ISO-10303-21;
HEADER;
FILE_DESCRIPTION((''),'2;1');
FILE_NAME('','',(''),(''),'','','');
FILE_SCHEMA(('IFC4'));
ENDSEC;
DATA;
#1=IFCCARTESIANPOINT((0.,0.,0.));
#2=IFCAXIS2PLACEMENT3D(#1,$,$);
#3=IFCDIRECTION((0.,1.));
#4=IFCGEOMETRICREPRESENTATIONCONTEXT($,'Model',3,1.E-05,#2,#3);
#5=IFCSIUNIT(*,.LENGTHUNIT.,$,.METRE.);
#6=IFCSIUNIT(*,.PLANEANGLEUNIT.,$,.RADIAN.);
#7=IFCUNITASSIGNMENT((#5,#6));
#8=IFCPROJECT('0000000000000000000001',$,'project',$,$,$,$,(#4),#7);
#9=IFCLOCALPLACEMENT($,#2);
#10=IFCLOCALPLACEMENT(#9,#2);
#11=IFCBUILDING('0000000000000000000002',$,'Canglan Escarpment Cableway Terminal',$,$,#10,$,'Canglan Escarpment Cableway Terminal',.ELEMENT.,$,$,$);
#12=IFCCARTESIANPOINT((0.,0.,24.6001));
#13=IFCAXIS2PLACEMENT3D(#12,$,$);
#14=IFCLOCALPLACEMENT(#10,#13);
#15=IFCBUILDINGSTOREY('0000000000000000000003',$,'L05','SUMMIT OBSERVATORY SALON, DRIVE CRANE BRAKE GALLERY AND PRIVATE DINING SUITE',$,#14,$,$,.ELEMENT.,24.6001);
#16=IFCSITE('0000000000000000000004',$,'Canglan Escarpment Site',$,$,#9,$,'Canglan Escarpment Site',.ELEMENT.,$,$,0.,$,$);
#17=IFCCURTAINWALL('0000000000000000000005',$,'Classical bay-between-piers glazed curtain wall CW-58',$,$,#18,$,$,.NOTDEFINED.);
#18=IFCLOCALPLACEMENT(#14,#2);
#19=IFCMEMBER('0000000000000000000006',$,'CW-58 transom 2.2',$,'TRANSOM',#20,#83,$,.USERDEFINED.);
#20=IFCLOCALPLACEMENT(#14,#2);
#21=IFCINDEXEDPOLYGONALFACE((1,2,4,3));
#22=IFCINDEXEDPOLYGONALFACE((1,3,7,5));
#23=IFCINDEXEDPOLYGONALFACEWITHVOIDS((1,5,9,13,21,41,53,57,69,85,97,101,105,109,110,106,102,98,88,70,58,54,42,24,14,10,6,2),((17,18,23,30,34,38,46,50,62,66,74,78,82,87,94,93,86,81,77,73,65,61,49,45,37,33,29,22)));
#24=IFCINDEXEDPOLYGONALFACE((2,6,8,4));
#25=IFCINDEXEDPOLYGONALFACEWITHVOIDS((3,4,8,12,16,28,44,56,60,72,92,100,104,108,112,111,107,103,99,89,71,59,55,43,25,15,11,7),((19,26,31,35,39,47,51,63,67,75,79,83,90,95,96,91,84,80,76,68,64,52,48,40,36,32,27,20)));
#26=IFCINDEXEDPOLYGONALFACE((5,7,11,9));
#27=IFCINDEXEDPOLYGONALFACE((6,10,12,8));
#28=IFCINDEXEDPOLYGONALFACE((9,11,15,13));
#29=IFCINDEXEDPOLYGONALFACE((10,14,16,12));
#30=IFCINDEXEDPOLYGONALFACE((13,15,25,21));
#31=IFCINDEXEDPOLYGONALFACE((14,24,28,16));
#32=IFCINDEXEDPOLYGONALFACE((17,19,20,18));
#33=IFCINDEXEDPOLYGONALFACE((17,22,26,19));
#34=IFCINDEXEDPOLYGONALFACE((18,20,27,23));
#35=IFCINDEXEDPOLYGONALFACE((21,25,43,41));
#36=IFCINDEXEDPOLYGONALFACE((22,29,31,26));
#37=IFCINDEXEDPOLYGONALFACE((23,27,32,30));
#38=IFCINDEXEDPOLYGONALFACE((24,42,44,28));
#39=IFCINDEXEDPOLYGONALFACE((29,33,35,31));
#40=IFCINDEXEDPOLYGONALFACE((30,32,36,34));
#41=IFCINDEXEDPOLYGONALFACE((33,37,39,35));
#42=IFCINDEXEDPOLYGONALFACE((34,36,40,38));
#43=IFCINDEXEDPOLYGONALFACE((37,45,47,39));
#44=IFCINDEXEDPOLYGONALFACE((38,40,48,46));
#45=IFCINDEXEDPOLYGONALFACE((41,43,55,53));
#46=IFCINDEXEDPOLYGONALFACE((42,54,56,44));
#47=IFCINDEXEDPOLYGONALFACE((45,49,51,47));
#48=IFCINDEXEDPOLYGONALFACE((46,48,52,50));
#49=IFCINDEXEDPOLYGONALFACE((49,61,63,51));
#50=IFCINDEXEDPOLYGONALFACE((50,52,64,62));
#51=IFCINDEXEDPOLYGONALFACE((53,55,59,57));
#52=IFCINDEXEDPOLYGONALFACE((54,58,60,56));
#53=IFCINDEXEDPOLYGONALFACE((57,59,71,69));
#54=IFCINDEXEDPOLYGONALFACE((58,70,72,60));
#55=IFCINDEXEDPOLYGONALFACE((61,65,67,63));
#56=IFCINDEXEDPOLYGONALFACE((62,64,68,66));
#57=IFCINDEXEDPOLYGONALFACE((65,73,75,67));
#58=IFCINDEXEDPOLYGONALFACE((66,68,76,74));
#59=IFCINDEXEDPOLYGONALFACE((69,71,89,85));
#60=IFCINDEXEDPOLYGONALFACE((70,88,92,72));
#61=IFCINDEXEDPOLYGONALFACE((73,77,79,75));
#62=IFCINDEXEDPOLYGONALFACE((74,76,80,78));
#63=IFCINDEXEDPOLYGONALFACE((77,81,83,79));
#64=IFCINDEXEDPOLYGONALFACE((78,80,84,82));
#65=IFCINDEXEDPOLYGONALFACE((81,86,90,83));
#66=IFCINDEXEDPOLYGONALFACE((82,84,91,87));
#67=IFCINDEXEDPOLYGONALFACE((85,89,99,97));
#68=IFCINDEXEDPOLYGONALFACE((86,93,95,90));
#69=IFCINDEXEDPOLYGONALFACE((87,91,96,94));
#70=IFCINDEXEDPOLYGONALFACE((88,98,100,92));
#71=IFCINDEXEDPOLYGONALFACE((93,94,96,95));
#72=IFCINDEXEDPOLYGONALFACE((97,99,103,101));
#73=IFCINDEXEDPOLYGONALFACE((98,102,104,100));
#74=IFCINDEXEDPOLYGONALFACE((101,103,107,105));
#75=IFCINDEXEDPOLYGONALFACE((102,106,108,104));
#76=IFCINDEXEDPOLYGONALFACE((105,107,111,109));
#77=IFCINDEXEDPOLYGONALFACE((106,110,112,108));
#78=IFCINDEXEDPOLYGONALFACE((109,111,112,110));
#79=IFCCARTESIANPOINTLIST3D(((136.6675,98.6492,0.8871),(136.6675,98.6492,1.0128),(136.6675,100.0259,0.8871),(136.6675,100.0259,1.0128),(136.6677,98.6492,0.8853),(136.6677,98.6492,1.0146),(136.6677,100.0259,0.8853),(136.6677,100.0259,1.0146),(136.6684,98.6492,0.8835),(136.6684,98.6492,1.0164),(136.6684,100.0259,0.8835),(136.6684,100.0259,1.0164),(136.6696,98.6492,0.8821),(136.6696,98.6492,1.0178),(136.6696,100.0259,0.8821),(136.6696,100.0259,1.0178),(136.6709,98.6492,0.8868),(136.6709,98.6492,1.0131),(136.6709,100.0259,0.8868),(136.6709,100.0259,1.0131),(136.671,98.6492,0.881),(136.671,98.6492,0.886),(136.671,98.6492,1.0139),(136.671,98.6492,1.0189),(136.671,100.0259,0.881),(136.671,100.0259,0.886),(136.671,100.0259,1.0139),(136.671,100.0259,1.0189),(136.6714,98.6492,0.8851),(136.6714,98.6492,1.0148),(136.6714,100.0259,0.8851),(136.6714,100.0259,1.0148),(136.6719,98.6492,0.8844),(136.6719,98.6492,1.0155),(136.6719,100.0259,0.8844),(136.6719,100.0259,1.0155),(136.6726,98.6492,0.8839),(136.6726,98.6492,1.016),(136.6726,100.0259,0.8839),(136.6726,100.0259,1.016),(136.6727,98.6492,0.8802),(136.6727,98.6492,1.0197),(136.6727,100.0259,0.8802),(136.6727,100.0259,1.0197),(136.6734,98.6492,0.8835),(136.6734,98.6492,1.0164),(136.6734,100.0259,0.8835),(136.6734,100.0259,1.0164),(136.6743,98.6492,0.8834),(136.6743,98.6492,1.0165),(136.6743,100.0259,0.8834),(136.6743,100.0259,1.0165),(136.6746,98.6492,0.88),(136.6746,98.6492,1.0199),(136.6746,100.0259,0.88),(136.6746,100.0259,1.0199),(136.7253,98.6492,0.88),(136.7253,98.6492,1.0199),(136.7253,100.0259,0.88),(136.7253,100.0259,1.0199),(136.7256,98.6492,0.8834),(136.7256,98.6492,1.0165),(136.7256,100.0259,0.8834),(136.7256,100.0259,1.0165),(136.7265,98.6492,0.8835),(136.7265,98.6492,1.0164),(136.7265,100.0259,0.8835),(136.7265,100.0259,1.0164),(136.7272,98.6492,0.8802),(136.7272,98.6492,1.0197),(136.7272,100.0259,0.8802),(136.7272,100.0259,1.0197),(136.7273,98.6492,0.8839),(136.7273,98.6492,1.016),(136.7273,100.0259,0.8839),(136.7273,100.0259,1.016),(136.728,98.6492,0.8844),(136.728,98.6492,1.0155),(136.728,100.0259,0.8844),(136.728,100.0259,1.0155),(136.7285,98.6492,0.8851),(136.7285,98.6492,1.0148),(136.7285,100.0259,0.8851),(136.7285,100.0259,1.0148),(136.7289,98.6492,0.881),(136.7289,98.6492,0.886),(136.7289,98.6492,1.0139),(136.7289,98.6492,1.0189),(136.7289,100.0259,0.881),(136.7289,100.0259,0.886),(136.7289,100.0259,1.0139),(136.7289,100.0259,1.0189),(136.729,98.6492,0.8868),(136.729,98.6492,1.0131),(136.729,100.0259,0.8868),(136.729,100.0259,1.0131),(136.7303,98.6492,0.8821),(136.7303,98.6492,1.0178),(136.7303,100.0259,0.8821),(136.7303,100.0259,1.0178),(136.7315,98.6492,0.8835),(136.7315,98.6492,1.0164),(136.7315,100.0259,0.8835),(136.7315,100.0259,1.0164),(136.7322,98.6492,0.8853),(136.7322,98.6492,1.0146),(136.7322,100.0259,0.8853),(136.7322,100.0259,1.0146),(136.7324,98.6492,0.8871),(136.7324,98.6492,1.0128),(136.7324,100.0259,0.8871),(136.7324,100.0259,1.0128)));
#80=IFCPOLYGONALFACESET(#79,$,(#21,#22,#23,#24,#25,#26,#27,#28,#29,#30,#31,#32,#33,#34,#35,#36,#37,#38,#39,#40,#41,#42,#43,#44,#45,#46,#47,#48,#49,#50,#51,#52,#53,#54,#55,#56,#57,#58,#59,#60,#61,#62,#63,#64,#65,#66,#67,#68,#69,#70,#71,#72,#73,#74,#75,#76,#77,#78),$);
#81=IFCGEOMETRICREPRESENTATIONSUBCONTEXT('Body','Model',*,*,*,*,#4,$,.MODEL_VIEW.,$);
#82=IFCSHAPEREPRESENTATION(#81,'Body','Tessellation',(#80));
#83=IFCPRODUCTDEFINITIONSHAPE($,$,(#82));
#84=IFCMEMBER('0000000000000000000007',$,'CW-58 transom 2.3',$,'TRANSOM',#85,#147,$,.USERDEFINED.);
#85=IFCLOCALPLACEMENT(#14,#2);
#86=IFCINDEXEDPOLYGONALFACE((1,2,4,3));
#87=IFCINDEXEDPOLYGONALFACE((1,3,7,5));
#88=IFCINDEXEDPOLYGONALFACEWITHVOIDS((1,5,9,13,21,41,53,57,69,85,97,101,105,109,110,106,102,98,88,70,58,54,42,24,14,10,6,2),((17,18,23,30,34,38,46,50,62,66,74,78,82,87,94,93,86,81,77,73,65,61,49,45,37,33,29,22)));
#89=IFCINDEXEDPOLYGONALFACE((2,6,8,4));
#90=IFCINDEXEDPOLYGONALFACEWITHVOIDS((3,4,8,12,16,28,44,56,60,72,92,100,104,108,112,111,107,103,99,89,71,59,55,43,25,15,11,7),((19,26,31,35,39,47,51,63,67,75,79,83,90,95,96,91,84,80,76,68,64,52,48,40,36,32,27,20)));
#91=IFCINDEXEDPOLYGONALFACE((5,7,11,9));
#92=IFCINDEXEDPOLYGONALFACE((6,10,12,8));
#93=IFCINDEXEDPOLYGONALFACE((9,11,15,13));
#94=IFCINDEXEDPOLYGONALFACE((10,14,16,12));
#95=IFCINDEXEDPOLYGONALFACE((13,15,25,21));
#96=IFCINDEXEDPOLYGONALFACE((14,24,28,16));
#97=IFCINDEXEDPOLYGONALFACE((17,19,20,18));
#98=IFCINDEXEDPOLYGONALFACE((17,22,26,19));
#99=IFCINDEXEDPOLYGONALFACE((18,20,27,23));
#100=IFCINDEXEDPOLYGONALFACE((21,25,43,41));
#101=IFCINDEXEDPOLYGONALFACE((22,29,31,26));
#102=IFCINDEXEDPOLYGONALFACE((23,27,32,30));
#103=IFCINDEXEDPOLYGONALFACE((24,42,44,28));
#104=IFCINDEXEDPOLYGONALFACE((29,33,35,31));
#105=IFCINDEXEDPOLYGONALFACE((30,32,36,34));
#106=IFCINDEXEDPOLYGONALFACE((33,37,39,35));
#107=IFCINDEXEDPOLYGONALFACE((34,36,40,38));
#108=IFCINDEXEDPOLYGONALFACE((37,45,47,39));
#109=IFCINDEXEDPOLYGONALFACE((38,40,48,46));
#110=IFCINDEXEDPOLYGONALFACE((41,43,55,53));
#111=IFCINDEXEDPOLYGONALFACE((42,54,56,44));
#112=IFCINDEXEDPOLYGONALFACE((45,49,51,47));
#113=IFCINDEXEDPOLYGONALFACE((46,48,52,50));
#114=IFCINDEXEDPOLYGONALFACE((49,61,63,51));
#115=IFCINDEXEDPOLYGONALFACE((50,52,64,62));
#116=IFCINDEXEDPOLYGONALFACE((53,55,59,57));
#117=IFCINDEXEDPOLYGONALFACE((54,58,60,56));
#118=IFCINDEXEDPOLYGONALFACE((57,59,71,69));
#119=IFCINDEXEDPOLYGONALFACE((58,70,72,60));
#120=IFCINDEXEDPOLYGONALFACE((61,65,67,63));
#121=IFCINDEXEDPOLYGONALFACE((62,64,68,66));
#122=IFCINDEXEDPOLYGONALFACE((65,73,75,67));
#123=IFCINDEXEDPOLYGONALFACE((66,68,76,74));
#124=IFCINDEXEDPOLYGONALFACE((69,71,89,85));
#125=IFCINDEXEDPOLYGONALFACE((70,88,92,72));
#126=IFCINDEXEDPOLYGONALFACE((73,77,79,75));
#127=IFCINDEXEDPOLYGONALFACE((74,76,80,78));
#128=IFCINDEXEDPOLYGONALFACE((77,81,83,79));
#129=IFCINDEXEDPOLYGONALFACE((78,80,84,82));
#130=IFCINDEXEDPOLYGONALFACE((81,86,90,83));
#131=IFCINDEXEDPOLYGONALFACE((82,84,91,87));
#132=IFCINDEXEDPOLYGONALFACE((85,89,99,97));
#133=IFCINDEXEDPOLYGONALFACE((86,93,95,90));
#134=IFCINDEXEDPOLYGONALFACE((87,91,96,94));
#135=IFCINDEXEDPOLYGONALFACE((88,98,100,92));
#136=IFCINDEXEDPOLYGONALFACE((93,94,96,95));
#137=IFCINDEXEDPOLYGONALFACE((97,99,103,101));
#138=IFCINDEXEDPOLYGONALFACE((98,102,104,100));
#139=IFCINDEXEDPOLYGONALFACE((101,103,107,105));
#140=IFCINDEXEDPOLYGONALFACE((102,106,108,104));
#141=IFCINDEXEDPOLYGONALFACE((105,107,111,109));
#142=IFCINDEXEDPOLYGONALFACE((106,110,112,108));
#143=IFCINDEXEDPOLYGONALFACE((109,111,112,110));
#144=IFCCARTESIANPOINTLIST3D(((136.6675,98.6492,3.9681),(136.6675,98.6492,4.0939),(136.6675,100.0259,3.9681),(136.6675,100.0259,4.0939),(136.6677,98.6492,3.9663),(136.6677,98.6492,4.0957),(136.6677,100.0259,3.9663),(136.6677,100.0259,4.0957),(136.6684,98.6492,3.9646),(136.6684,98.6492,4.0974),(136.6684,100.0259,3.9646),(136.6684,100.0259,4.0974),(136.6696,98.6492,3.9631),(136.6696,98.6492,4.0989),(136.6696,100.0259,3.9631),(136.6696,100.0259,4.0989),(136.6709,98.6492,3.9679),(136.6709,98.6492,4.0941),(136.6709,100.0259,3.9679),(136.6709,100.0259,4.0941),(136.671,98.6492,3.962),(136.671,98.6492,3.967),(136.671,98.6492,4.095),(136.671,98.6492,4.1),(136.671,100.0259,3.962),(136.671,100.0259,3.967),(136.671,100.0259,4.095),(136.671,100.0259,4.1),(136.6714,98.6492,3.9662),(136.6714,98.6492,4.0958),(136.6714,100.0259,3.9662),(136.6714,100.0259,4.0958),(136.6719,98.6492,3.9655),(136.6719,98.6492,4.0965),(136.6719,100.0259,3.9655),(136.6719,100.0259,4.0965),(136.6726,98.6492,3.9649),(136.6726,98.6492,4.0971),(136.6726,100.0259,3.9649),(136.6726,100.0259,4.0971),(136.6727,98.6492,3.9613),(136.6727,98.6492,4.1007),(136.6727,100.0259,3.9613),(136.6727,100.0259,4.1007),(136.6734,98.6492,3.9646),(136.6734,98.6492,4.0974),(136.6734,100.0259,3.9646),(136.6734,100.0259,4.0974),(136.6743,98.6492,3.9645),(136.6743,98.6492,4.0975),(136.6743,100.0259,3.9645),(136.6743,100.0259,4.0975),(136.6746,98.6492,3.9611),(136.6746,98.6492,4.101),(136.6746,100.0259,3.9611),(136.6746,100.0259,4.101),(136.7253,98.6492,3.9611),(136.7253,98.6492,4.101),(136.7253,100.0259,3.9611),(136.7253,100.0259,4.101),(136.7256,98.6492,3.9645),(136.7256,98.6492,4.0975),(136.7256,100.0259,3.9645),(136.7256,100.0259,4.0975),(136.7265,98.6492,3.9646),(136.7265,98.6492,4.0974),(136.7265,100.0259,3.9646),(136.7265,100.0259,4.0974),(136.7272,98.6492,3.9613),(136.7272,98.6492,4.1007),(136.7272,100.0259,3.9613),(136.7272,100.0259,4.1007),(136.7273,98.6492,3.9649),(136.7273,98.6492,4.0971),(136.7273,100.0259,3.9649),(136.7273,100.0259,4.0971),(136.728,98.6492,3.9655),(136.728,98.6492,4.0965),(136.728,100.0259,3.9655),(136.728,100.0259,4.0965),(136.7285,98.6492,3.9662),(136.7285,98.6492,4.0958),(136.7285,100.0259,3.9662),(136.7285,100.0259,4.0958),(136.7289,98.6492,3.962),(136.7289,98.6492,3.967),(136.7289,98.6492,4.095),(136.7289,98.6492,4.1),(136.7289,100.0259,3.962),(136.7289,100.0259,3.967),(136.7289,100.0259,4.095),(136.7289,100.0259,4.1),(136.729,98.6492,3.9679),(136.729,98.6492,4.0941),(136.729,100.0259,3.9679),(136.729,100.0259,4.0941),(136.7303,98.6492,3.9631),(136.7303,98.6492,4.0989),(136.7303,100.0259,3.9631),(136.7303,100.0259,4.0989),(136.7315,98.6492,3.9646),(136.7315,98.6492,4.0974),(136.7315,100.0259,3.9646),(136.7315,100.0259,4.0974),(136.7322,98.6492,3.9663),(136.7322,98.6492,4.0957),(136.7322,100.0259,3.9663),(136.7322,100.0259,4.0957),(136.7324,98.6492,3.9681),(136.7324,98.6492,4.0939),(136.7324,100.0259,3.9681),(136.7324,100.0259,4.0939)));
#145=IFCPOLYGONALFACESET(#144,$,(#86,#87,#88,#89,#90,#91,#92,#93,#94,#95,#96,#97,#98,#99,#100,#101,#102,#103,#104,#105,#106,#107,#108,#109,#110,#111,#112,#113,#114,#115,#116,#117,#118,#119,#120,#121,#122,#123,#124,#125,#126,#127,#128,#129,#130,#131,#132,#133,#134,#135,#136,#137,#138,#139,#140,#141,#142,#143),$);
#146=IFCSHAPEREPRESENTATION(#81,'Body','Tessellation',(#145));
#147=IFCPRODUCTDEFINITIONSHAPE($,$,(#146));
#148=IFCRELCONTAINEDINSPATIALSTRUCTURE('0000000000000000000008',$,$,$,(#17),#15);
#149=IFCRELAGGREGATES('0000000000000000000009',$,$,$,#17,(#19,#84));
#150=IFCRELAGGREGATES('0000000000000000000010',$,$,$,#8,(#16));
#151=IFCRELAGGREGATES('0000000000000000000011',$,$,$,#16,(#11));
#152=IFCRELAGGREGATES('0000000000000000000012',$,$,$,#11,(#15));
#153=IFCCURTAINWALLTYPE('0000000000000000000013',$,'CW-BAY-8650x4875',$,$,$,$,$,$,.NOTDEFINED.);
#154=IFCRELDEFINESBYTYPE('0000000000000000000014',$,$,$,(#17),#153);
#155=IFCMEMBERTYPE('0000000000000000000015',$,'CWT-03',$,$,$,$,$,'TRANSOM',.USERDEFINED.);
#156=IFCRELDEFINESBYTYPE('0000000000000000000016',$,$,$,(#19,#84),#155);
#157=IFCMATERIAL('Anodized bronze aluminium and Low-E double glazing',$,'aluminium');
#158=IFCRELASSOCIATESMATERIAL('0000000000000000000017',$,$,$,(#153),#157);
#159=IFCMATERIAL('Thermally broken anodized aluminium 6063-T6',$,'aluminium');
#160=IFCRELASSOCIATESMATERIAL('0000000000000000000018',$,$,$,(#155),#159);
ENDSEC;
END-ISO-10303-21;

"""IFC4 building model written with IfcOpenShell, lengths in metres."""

from ifc_helpers import new_model, si_unit, direction, frame, origin, origin_2d, place, context, subcontext, project, spatial, hollow_rectangle, extrude, material, material_profile, profile_set, type_object, element, aggregate, save


model = new_model("IFC4")

# Units and contexts
model_context = context("Model", 3, precision=1e-05, world=origin(), true_north=direction((0.0, 1.0)))
body_context = subcontext(model_context, "Body", "Model", "MODEL_VIEW")
ifc_project = project(units=[si_unit("LENGTHUNIT", "METRE"), si_unit("PLANEANGLEUNIT", "RADIAN")], contexts=[model_context])

# Site, building, storey
site_placement = place(None, origin())
site = spatial("IfcSite", under=ifc_project, at=site_placement, Name="Canglan Escarpment Site", LongName="Canglan Escarpment Site", CompositionType="ELEMENT", RefElevation=0.0)
building_placement = place(site_placement, origin())
building = spatial("IfcBuilding", under=site, at=building_placement, Name="Canglan Escarpment Cableway Terminal", LongName="Canglan Escarpment Cableway Terminal", CompositionType="ELEMENT")
storey_placement = place(building_placement, frame((0.0, 0.0, 24.6001)))
storey = spatial("IfcBuildingStorey", under=building, at=storey_placement, Name="L05", Description="SUMMIT OBSERVATORY SALON, DRIVE CRANE BRAKE GALLERY AND PRIVATE DINING SUITE", CompositionType="ELEMENT", Elevation=24.6001)

# Curtain wall, members
ifc_material_1 = material(Name="Anodized bronze aluminium and Low-E double glazing", Category="aluminium")
curtain_wall_type = type_object("IfcCurtainWallType", Name="CW-BAY-8650x4875", PredefinedType="NOTDEFINED", material=ifc_material_1)
curtain_wall_placement = place(storey_placement, origin())
curtain_wall = element("IfcCurtainWall", 1, at=curtain_wall_placement, inside=storey, type_object=curtain_wall_type, Name="Classical bay-between-piers glazed curtain wall CW-58", PredefinedType="NOTDEFINED")
ifc_material_2 = material(Name="Thermally broken anodized aluminium 6063-T6", Category="aluminium")
ifc_material_profile_1 = material_profile(ifc_material_2, hollow_rectangle(XDim=0.0649, YDim=0.1399, WallThickness=0.0034, InnerFilletRadius=0.0034, OuterFilletRadius=0.0071, at=origin_2d()), Name="ALU-TRAN 65x140x3.5")
ifc_profile_set_1 = profile_set([ifc_material_profile_1], Name="Thermally broken anodized aluminium 6063-T6")
member_type_1 = type_object("IfcMemberType", Name="CWT-03", ElementType="TRANSOM", PredefinedType="USERDEFINED", material=ifc_profile_set_1)
member_1_placement = place(storey_placement, frame((136.7, 98.6492, 0.95), z_axis=(0.0, 1.0, 0.0), x_axis=(-1.0, 0.0, 0.0)))
member_1 = element("IfcMember", 2, at=member_1_placement, type_object=member_type_1, Name="CW-58 transom 2.2", ObjectType="TRANSOM", PredefinedType="USERDEFINED", context=body_context, shape_type="SweptSolid", body=[
    extrude(hollow_rectangle(XDim=0.0649, YDim=0.1399, WallThickness=0.0034, InnerFilletRadius=0.0034, OuterFilletRadius=0.0071, at=origin_2d()), origin(), (0.0, 0.0, 1.0), 1.3767),
])
member_2_placement = place(storey_placement, frame((136.7, 98.6492, 4.031), z_axis=(0.0, 1.0, 0.0), x_axis=(-1.0, 0.0, 0.0)))
member_2 = element("IfcMember", 3, at=member_2_placement, type_object=member_type_1, Name="CW-58 transom 2.3", ObjectType="TRANSOM", PredefinedType="USERDEFINED", context=body_context, shape_type="SweptSolid", body=[
    extrude(hollow_rectangle(XDim=0.0649, YDim=0.1399, WallThickness=0.0034, InnerFilletRadius=0.0034, OuterFilletRadius=0.0071, at=origin_2d()), origin(), (0.0, 0.0, 1.0), 1.3767),
])
aggregate(curtain_wall, [member_1, member_2])

save(model, "model.ifc")
